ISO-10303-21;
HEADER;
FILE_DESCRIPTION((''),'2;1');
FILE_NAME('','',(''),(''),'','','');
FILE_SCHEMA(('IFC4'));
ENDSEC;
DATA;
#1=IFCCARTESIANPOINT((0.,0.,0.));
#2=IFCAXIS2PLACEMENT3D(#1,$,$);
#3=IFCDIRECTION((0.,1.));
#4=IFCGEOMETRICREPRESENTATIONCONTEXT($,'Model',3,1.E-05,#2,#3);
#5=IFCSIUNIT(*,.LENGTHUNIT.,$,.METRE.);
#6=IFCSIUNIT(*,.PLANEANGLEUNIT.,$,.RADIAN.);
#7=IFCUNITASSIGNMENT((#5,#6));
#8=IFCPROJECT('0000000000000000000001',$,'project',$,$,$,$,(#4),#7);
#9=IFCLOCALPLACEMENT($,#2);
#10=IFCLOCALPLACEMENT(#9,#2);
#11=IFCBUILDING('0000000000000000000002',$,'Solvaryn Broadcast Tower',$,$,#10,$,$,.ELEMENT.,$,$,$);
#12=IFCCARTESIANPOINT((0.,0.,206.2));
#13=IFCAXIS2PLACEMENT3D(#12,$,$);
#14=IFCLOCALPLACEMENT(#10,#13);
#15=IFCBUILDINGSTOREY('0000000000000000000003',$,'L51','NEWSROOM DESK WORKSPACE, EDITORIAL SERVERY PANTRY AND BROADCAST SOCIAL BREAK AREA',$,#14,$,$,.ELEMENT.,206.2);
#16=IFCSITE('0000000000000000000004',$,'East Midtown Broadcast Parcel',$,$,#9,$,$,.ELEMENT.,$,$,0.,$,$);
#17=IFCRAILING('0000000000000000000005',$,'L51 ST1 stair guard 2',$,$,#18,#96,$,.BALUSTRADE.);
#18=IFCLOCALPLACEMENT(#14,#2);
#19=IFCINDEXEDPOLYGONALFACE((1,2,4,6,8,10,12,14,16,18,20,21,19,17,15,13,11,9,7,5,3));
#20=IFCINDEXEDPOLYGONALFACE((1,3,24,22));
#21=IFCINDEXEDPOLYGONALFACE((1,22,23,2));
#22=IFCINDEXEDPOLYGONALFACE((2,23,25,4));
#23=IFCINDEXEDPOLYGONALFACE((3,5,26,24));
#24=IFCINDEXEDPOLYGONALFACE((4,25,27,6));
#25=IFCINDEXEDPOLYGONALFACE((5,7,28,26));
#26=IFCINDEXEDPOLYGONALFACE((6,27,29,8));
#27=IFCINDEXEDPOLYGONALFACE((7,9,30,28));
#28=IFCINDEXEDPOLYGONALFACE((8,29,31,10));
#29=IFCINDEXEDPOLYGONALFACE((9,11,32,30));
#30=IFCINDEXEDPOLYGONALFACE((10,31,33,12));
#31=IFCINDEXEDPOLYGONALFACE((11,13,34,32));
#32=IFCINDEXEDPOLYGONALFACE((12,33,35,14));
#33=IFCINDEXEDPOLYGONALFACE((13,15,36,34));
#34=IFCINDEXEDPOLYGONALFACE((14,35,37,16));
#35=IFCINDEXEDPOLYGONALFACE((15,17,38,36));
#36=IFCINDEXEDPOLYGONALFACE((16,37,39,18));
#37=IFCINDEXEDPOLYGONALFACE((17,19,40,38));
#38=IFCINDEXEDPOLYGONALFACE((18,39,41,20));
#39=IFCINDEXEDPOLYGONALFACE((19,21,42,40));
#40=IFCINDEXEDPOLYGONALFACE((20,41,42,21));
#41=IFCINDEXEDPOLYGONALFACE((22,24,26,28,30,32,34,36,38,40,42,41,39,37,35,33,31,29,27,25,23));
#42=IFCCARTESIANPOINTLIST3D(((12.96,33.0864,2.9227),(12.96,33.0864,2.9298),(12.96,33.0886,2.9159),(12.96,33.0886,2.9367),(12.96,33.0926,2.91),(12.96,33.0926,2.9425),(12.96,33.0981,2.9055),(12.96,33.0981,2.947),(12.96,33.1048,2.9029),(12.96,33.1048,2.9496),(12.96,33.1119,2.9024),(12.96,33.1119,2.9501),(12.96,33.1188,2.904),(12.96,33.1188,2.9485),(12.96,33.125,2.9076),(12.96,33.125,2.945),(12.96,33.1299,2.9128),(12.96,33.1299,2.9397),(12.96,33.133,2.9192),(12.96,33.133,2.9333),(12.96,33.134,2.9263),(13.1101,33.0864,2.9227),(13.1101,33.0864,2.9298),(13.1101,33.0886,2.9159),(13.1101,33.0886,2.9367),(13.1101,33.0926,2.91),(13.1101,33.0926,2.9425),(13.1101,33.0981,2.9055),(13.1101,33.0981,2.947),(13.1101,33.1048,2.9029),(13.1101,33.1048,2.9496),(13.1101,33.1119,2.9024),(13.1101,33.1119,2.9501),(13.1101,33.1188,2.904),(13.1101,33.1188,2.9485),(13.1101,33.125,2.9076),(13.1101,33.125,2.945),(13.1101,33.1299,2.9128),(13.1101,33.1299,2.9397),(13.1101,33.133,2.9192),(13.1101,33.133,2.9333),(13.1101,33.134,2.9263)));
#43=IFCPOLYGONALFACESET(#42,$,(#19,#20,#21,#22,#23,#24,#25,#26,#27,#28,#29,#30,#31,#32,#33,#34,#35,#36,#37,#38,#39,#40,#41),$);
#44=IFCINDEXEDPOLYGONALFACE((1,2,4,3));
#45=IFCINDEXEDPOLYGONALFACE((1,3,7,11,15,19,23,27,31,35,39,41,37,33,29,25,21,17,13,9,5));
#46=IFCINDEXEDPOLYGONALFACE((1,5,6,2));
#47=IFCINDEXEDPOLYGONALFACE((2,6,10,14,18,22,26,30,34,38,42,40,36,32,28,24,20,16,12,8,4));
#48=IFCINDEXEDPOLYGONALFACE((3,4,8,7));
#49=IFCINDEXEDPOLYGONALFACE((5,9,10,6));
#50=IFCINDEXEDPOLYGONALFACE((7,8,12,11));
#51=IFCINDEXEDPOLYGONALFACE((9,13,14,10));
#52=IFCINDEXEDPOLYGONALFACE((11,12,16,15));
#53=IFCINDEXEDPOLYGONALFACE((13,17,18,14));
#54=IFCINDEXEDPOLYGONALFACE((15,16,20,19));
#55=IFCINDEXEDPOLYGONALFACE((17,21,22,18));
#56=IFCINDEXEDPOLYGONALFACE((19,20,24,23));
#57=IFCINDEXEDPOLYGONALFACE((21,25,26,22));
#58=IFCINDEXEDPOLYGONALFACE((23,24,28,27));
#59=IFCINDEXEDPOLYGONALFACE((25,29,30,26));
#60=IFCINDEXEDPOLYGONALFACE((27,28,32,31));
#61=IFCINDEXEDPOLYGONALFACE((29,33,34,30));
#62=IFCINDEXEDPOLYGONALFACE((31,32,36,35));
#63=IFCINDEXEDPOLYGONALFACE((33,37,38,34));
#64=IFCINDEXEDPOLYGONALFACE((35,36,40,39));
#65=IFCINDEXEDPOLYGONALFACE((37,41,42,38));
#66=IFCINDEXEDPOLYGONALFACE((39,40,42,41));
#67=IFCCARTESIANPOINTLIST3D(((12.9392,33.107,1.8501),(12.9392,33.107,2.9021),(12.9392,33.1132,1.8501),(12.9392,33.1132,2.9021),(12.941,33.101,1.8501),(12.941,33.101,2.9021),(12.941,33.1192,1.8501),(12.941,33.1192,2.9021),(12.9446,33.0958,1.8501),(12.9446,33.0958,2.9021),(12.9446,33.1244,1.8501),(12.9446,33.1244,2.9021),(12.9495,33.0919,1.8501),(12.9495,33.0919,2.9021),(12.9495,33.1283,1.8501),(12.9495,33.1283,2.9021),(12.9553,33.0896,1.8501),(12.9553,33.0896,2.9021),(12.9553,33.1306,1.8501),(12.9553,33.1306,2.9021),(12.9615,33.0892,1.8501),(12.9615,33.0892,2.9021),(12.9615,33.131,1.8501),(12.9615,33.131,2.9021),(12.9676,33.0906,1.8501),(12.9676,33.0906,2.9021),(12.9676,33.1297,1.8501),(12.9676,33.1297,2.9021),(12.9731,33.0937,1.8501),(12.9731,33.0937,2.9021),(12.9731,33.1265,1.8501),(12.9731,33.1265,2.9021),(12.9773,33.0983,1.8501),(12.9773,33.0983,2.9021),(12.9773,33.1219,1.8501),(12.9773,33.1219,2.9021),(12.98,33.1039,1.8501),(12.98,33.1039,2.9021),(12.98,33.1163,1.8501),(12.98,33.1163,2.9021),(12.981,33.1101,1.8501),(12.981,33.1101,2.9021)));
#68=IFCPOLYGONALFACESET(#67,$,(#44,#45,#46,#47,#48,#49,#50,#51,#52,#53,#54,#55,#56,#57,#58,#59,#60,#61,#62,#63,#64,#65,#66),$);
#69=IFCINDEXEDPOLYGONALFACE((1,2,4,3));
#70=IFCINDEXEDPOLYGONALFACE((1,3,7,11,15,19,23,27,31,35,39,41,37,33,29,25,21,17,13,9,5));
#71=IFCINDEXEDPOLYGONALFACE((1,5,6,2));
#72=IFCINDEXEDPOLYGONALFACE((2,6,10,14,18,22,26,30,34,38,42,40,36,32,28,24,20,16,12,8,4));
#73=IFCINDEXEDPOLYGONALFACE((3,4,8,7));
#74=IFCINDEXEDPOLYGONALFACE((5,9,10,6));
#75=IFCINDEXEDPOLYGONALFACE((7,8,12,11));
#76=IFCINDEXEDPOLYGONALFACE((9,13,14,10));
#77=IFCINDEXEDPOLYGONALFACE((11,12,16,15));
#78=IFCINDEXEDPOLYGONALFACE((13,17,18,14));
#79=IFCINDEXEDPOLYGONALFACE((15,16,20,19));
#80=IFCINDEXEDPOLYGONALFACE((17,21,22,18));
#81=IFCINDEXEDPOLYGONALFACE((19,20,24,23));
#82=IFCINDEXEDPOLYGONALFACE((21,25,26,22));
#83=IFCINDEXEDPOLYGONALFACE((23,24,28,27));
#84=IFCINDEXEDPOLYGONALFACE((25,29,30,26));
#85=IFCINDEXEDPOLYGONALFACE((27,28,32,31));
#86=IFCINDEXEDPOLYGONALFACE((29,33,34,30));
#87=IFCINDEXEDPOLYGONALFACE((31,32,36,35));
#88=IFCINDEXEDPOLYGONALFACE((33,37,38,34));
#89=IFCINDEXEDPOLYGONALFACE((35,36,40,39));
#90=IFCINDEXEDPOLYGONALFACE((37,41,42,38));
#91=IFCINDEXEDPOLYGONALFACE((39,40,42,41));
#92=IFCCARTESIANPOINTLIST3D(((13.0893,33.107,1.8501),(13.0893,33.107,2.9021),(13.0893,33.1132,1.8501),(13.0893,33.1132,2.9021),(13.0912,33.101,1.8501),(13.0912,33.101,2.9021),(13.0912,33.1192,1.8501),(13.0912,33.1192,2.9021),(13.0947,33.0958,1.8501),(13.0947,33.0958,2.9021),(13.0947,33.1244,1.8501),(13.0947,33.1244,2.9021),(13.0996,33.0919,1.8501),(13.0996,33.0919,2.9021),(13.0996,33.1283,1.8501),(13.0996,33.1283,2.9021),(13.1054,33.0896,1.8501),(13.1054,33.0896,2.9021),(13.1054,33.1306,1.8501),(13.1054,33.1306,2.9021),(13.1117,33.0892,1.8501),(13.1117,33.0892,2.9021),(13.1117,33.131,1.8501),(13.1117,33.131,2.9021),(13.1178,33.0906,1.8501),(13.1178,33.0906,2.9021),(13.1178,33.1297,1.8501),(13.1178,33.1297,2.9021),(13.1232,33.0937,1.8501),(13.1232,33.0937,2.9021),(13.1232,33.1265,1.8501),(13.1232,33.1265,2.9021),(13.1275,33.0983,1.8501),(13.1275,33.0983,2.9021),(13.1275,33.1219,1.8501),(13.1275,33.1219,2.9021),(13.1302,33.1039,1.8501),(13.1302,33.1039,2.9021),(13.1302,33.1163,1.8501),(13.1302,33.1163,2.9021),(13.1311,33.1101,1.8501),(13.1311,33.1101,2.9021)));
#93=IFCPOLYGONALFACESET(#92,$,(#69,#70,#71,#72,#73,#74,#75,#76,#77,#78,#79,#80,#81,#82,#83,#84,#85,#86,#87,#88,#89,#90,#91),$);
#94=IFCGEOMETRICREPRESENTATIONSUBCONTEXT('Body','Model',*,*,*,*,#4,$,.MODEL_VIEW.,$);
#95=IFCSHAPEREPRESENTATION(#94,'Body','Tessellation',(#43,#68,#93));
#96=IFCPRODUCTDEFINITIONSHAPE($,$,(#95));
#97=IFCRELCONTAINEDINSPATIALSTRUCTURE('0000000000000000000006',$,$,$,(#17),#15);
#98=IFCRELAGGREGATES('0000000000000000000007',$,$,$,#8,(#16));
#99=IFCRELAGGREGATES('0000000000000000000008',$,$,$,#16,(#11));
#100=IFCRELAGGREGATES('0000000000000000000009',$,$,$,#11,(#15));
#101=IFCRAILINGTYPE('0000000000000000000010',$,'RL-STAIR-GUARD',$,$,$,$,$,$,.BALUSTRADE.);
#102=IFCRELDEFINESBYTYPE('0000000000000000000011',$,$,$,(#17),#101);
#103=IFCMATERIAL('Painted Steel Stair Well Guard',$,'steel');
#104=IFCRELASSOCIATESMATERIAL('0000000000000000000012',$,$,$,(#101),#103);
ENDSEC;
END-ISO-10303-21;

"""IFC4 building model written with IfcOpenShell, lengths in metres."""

from ifc_helpers import new_model, si_unit, direction, frame, origin, origin_2d, place, context, subcontext, project, spatial, circle, extrude, material, type_object, element, save


model = new_model("IFC4")

# Units and contexts
model_context = context("Model", 3, precision=1e-05, world=origin(), true_north=direction((0.0, 1.0)))
body_context = subcontext(model_context, "Body", "Model", "MODEL_VIEW")
ifc_project = project(units=[si_unit("LENGTHUNIT", "METRE"), si_unit("PLANEANGLEUNIT", "RADIAN")], contexts=[model_context])

# Site, building, storey
site_placement = place(None, origin())
site = spatial("IfcSite", under=ifc_project, at=site_placement, Name="East Midtown Broadcast Parcel", CompositionType="ELEMENT", RefElevation=0.0)
building_placement = place(site_placement, origin())
building = spatial("IfcBuilding", under=site, at=building_placement, Name="Solvaryn Broadcast Tower", CompositionType="ELEMENT")
storey_placement = place(building_placement, frame((0.0, 0.0, 206.2)))
storey = spatial("IfcBuildingStorey", under=building, at=storey_placement, Name="L51", Description="NEWSROOM DESK WORKSPACE, EDITORIAL SERVERY PANTRY AND BROADCAST SOCIAL BREAK AREA", CompositionType="ELEMENT", Elevation=206.2)

# Railing
ifc_material_1 = material(Name="Painted Steel Stair Well Guard", Category="steel")
railing_type_1 = type_object("IfcRailingType", Name="RL-STAIR-GUARD", PredefinedType="BALUSTRADE", material=ifc_material_1)
railing_1_placement = place(storey_placement, frame((12.96, 33.1101, 1.8501)))
element("IfcRailing", 1, at=railing_1_placement, inside=storey, type_object=railing_type_1, Name="L51 ST1 stair guard 2", PredefinedType="BALUSTRADE", context=body_context, shape_type="SweptSolid", body=[
    extrude(circle(Radius=0.0239, at=origin_2d()), frame((0.0, 0.0, 1.0762), z_axis=(1.0, 0.0, 0.0), x_axis=(0.0, 1.0, 0.0)), (0.0, 0.0, 1.0), 0.1501),
    extrude(circle(Radius=0.021, at=origin_2d()), origin(), (0.0, 0.0, 1.0), 1.052),
    extrude(circle(Radius=0.021, at=origin_2d()), frame((0.1501, 0.0, 0.0)), (0.0, 0.0, 1.0), 1.052),
])

save(model, "model.ifc")
